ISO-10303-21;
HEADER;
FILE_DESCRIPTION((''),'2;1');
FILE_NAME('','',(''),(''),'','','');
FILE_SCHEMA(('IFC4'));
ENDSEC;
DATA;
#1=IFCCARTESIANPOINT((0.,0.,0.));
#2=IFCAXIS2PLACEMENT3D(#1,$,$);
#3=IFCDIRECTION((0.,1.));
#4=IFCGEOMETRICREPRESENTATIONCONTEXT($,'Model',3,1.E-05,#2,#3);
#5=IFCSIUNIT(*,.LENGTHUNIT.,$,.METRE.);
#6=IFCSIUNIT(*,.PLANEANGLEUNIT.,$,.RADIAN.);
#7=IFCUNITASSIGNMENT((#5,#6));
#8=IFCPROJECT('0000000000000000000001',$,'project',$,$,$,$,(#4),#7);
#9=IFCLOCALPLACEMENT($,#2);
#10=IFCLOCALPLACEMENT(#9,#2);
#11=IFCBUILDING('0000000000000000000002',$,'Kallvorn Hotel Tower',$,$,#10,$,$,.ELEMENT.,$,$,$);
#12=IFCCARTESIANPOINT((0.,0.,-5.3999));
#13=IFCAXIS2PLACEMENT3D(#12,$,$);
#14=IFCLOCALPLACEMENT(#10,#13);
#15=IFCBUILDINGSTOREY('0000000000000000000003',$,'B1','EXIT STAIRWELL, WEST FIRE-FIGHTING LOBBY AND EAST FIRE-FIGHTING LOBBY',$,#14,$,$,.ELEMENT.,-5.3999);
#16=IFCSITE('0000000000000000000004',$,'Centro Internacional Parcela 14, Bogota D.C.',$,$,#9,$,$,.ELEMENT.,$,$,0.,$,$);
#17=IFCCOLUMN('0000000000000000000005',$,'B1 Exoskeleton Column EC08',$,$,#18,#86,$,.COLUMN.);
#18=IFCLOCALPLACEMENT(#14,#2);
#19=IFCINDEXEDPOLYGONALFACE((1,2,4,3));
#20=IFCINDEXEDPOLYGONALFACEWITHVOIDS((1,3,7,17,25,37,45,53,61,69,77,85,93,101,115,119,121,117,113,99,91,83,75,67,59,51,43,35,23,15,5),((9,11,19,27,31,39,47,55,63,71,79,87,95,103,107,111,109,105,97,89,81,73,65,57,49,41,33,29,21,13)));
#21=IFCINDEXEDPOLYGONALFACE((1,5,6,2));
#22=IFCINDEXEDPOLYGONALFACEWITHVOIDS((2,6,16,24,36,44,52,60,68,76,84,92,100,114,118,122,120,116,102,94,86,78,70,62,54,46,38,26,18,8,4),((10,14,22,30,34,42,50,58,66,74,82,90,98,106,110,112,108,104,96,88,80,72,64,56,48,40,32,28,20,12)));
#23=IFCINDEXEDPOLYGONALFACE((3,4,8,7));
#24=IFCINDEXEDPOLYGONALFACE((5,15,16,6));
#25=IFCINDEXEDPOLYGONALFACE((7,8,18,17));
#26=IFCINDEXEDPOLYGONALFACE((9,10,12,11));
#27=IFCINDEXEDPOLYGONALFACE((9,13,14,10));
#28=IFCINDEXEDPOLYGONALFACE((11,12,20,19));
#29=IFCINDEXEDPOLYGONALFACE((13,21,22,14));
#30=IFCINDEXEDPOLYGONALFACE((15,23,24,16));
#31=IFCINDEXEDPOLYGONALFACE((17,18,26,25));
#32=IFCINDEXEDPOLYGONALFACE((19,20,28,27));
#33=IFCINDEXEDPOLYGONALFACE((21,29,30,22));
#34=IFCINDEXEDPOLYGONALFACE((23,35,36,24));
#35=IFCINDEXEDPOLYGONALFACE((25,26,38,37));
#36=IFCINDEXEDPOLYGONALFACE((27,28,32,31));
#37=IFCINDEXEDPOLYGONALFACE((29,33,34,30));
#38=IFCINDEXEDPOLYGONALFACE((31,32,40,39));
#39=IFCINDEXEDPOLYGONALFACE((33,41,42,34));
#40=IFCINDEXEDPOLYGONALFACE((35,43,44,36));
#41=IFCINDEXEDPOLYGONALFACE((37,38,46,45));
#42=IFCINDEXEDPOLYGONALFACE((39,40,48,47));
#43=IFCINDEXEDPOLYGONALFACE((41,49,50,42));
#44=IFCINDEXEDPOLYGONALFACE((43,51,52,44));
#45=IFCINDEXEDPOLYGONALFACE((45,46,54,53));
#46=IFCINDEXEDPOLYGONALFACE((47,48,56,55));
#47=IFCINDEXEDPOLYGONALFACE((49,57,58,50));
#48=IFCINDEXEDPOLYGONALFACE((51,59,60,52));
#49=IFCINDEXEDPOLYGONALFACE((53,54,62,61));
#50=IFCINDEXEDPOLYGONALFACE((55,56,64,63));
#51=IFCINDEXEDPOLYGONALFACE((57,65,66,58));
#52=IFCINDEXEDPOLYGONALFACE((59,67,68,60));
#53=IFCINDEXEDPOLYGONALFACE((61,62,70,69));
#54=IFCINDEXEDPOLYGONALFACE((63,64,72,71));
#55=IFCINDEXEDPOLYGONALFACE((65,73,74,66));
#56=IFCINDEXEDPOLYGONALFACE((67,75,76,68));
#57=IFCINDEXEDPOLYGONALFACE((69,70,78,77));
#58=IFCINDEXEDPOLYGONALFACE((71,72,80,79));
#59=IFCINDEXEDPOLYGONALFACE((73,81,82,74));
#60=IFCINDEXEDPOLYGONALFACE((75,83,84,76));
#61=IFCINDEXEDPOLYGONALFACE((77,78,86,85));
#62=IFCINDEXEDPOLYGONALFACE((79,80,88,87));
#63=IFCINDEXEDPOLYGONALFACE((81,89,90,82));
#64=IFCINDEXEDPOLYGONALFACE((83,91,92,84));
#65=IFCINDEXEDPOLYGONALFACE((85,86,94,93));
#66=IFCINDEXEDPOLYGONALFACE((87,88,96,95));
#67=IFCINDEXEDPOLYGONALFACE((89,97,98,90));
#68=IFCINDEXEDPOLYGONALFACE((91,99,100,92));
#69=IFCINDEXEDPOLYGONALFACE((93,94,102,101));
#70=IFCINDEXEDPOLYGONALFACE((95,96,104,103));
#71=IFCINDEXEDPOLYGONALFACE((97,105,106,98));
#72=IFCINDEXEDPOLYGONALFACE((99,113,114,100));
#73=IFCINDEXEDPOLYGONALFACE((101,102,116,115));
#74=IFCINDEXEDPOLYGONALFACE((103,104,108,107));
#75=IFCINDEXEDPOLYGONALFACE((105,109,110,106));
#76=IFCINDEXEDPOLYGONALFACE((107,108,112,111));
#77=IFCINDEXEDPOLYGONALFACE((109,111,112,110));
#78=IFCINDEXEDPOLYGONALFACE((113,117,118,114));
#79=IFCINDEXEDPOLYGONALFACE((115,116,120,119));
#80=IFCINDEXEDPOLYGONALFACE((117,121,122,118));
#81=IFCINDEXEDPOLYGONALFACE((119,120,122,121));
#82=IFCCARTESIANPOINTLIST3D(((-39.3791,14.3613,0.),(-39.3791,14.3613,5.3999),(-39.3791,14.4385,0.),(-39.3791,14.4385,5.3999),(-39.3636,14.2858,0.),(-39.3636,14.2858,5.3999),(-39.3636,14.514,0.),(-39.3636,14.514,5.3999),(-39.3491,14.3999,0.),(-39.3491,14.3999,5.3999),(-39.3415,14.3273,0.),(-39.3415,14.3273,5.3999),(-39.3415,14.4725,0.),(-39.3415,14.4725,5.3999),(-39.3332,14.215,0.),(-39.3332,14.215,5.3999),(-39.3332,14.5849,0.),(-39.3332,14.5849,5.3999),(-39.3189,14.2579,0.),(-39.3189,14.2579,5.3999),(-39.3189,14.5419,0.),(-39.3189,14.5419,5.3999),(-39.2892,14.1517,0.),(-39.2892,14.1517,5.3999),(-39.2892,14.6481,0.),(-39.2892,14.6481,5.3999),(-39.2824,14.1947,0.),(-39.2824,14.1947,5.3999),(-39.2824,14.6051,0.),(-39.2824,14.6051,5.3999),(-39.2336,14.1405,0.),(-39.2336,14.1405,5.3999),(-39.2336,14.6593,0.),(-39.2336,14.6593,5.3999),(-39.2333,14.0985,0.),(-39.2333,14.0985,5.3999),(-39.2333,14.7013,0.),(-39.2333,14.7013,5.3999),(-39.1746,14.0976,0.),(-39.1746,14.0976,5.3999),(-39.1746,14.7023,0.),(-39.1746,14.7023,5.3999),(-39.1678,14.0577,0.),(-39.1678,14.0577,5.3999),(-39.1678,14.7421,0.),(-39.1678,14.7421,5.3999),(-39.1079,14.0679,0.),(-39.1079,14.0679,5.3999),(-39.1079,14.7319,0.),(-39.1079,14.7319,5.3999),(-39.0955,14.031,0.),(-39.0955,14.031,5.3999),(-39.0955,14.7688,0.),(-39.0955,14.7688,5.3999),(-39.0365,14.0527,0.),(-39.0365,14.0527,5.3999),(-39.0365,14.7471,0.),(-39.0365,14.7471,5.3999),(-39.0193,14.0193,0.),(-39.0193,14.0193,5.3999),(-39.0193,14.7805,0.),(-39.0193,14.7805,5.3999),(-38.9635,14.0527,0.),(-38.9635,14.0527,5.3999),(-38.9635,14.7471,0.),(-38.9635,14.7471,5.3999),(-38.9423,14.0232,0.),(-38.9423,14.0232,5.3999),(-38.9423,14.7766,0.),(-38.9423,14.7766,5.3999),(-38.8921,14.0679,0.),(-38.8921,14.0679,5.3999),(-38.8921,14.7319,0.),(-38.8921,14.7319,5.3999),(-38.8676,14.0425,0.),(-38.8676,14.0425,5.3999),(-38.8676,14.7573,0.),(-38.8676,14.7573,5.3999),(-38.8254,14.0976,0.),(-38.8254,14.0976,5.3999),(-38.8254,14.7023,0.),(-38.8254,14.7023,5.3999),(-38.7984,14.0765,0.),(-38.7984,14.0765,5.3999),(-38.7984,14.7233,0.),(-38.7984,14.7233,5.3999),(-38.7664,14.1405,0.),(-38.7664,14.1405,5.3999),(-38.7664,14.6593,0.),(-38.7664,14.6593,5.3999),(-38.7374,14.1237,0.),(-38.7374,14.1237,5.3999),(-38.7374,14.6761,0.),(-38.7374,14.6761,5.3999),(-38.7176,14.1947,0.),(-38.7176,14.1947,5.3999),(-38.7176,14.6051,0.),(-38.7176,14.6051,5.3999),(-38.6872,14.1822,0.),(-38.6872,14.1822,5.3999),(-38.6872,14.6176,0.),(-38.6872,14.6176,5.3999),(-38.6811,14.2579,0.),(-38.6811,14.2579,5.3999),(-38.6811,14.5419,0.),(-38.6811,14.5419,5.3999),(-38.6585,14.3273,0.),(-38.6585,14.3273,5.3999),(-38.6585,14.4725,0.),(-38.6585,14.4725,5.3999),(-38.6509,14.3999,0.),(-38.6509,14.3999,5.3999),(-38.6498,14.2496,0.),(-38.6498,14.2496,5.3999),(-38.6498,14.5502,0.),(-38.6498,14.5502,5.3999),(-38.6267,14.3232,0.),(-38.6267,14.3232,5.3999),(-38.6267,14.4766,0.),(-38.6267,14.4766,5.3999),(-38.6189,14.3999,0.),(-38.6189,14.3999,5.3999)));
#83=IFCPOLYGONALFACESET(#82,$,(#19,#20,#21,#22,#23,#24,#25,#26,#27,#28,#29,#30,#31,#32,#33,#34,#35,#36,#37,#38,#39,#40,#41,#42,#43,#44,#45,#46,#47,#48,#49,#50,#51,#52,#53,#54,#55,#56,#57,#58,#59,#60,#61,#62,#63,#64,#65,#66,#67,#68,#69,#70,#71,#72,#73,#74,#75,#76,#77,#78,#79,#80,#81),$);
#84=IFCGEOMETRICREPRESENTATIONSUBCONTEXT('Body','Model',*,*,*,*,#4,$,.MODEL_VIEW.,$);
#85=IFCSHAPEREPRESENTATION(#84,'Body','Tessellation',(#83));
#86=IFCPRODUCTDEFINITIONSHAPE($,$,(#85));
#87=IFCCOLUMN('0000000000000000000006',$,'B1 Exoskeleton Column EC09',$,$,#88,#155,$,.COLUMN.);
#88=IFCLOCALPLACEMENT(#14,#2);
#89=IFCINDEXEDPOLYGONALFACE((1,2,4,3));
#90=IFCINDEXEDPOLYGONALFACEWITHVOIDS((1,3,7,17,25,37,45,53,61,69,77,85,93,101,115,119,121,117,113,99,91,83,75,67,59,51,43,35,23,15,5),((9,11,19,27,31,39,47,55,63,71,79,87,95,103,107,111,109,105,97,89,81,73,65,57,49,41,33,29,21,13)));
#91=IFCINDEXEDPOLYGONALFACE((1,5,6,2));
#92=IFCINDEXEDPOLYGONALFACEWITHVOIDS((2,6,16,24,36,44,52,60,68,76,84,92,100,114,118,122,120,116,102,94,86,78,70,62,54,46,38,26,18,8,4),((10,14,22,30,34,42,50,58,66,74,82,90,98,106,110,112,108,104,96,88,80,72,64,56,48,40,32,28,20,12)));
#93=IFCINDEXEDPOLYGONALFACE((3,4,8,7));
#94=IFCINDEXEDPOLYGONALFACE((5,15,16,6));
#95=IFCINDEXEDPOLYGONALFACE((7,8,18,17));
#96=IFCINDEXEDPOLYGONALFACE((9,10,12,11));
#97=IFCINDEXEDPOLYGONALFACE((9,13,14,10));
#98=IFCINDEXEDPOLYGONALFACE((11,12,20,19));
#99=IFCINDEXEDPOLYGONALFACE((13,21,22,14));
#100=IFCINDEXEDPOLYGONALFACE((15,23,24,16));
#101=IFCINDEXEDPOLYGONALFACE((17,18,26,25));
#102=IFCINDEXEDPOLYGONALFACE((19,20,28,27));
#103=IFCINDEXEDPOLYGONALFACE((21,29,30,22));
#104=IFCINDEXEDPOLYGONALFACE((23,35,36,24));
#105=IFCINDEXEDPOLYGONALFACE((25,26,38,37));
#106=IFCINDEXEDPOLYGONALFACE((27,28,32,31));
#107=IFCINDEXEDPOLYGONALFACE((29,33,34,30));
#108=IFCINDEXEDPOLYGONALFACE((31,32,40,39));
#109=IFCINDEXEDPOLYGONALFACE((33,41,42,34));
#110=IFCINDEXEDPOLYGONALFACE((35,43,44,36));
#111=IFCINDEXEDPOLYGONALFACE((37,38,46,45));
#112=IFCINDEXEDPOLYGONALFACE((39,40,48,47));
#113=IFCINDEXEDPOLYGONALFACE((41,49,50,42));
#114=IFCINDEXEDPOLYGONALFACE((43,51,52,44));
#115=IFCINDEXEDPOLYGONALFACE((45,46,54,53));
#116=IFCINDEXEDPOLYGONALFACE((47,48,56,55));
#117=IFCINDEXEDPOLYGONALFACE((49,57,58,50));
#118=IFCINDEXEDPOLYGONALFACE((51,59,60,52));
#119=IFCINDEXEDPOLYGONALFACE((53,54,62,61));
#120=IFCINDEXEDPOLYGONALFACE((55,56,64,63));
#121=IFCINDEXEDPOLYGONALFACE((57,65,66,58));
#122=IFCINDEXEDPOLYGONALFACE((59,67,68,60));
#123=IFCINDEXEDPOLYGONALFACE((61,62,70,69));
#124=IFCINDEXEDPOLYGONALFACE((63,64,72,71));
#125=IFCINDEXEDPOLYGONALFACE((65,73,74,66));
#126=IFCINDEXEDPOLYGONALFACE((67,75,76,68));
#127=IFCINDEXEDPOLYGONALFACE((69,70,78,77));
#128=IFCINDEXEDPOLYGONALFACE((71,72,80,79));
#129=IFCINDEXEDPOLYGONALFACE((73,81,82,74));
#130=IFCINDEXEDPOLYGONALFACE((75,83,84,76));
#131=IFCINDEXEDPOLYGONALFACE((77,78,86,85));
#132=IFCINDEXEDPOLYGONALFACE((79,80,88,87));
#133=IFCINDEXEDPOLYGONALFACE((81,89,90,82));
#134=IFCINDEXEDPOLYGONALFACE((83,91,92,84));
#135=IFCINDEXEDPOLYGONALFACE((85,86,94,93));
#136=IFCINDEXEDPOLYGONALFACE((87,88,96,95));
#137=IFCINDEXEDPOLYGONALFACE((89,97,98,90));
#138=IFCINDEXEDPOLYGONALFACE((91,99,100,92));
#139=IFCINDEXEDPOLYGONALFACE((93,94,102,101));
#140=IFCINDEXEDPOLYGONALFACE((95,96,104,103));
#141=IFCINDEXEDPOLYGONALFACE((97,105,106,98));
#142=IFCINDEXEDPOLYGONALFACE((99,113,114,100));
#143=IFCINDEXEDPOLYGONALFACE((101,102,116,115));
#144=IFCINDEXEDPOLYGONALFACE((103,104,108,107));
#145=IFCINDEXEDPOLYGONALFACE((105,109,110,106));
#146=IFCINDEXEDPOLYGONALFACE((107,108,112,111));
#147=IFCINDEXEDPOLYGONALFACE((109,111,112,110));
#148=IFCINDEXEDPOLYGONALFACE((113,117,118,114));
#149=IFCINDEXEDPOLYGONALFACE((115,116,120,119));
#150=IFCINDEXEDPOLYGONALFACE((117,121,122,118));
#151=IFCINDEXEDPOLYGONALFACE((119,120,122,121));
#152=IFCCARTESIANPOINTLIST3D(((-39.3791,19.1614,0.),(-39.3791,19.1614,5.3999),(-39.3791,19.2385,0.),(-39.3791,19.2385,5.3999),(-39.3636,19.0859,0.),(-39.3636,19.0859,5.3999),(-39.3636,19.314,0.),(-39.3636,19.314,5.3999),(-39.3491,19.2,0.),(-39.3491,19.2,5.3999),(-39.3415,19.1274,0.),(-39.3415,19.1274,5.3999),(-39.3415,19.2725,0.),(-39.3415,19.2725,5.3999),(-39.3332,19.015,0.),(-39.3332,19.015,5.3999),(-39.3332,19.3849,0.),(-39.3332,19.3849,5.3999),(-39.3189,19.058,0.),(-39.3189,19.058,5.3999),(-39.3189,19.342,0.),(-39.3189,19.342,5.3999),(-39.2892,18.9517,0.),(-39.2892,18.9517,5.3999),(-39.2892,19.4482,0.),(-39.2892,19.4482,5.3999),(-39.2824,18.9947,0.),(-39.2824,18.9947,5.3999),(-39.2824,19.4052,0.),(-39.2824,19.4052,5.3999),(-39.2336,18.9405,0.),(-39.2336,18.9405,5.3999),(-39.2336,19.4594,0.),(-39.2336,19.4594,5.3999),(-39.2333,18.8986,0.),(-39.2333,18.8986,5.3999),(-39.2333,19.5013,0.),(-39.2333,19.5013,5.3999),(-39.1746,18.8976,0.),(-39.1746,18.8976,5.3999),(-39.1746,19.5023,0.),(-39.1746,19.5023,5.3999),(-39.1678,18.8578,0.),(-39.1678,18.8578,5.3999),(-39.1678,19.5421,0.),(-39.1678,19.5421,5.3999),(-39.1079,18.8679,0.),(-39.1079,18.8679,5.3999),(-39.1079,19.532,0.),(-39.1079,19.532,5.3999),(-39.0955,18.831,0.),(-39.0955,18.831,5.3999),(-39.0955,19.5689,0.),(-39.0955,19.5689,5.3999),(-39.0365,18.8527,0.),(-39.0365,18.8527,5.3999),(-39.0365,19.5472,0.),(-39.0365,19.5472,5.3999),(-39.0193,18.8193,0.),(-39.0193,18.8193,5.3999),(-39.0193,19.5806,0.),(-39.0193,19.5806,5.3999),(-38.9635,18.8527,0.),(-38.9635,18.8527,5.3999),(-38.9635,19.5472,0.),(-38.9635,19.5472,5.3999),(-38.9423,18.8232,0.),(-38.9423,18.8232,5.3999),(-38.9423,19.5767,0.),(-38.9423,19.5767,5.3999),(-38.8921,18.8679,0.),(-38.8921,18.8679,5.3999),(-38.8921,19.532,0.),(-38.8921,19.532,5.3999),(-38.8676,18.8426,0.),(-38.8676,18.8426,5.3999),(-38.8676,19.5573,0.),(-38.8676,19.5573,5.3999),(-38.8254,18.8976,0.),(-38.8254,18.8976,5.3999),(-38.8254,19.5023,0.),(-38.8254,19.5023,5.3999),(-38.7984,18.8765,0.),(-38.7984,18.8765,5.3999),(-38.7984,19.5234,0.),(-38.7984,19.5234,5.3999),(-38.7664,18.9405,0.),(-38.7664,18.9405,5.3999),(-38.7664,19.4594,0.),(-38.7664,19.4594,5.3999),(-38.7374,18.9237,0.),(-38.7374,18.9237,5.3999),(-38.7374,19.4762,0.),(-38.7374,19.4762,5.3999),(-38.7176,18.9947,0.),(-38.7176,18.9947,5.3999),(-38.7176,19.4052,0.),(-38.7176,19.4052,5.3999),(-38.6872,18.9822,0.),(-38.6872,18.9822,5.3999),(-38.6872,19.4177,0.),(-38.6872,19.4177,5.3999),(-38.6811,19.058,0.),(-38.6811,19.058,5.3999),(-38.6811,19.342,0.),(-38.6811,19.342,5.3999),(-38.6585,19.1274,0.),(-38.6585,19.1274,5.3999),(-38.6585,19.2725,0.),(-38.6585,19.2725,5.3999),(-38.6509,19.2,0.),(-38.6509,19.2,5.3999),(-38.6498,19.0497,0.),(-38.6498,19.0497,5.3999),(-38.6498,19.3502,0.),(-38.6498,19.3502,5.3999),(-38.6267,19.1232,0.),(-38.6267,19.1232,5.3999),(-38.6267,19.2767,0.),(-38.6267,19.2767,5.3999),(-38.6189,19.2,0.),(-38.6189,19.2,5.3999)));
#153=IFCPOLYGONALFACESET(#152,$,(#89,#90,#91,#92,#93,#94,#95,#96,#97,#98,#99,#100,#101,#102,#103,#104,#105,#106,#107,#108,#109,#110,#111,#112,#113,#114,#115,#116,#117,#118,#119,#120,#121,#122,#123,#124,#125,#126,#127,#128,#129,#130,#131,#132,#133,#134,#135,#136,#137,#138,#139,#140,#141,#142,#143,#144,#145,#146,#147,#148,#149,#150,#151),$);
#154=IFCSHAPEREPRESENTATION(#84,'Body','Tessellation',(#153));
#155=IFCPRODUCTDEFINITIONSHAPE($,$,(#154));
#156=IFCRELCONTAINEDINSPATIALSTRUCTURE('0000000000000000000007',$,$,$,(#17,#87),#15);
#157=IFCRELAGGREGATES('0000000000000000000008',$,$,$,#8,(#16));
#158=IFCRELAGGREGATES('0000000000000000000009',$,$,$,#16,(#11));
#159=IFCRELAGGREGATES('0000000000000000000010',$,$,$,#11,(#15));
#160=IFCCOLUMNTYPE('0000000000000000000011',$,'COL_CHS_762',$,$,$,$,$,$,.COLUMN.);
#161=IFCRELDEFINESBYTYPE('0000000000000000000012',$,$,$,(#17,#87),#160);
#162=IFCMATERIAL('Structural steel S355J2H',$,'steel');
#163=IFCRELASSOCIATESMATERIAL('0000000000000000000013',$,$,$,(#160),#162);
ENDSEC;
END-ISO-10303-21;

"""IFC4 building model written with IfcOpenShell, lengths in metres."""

from ifc_helpers import new_model, si_unit, direction, frame, origin, origin_2d, place, context, subcontext, project, spatial, hollow_circle, extrude, material, material_profile, profile_set, type_object, element, save


model = new_model("IFC4")

# Units and contexts
model_context = context("Model", 3, precision=1e-05, world=origin(), true_north=direction((0.0, 1.0)))
body_context = subcontext(model_context, "Body", "Model", "MODEL_VIEW")
ifc_project = project(units=[si_unit("LENGTHUNIT", "METRE"), si_unit("PLANEANGLEUNIT", "RADIAN")], contexts=[model_context])

# Site, building, storey
site_placement = place(None, origin())
site = spatial("IfcSite", under=ifc_project, at=site_placement, Name="Centro Internacional Parcela 14, Bogota D.C.", CompositionType="ELEMENT", RefElevation=0.0)
building_placement = place(site_placement, origin())
building = spatial("IfcBuilding", under=site, at=building_placement, Name="Kallvorn Hotel Tower", CompositionType="ELEMENT")
storey_placement = place(building_placement, frame((0.0, 0.0, -5.3999)))
storey = spatial("IfcBuildingStorey", under=building, at=storey_placement, Name="B1", Description="EXIT STAIRWELL, WEST FIRE-FIGHTING LOBBY AND EAST FIRE-FIGHTING LOBBY", CompositionType="ELEMENT", Elevation=-5.3999)

# Columns
ifc_material_1 = material(Name="Structural steel S355J2H", Category="steel")
ifc_material_profile_1 = material_profile(ifc_material_1, hollow_circle(Radius=0.3811, WallThickness=0.032, at=origin_2d()), Name="CHS 762x32")
ifc_profile_set_1 = profile_set([ifc_material_profile_1], Name="Structural steel S355J2H")
column_type_1 = type_object("IfcColumnType", Name="COL_CHS_762", PredefinedType="COLUMN", material=ifc_profile_set_1)
for number, where, z_axis, x_axis, name in (
    (1, (-39.0, 14.3999, 0.0), (0.0, 0.0, 1.0), (1.0, 0.0, 0.0), "B1 Exoskeleton Column EC08"),
    (2, (-39.0, 19.2, 0.0), (0.0, 0.0, 1.0), (1.0, 0.0, 0.0), "B1 Exoskeleton Column EC09"),
):
    element("IfcColumn", number, at=place(storey_placement, frame(where, z_axis=z_axis, x_axis=x_axis)), inside=storey, type_object=column_type_1, Name=name, PredefinedType="COLUMN", context=body_context, shape_type="SweptSolid", body=[
        extrude(hollow_circle(Radius=0.3811, WallThickness=0.032, at=origin_2d()), origin(), (0.0, 0.0, 1.0), 5.3999),
    ])

save(model, "model.ifc")
